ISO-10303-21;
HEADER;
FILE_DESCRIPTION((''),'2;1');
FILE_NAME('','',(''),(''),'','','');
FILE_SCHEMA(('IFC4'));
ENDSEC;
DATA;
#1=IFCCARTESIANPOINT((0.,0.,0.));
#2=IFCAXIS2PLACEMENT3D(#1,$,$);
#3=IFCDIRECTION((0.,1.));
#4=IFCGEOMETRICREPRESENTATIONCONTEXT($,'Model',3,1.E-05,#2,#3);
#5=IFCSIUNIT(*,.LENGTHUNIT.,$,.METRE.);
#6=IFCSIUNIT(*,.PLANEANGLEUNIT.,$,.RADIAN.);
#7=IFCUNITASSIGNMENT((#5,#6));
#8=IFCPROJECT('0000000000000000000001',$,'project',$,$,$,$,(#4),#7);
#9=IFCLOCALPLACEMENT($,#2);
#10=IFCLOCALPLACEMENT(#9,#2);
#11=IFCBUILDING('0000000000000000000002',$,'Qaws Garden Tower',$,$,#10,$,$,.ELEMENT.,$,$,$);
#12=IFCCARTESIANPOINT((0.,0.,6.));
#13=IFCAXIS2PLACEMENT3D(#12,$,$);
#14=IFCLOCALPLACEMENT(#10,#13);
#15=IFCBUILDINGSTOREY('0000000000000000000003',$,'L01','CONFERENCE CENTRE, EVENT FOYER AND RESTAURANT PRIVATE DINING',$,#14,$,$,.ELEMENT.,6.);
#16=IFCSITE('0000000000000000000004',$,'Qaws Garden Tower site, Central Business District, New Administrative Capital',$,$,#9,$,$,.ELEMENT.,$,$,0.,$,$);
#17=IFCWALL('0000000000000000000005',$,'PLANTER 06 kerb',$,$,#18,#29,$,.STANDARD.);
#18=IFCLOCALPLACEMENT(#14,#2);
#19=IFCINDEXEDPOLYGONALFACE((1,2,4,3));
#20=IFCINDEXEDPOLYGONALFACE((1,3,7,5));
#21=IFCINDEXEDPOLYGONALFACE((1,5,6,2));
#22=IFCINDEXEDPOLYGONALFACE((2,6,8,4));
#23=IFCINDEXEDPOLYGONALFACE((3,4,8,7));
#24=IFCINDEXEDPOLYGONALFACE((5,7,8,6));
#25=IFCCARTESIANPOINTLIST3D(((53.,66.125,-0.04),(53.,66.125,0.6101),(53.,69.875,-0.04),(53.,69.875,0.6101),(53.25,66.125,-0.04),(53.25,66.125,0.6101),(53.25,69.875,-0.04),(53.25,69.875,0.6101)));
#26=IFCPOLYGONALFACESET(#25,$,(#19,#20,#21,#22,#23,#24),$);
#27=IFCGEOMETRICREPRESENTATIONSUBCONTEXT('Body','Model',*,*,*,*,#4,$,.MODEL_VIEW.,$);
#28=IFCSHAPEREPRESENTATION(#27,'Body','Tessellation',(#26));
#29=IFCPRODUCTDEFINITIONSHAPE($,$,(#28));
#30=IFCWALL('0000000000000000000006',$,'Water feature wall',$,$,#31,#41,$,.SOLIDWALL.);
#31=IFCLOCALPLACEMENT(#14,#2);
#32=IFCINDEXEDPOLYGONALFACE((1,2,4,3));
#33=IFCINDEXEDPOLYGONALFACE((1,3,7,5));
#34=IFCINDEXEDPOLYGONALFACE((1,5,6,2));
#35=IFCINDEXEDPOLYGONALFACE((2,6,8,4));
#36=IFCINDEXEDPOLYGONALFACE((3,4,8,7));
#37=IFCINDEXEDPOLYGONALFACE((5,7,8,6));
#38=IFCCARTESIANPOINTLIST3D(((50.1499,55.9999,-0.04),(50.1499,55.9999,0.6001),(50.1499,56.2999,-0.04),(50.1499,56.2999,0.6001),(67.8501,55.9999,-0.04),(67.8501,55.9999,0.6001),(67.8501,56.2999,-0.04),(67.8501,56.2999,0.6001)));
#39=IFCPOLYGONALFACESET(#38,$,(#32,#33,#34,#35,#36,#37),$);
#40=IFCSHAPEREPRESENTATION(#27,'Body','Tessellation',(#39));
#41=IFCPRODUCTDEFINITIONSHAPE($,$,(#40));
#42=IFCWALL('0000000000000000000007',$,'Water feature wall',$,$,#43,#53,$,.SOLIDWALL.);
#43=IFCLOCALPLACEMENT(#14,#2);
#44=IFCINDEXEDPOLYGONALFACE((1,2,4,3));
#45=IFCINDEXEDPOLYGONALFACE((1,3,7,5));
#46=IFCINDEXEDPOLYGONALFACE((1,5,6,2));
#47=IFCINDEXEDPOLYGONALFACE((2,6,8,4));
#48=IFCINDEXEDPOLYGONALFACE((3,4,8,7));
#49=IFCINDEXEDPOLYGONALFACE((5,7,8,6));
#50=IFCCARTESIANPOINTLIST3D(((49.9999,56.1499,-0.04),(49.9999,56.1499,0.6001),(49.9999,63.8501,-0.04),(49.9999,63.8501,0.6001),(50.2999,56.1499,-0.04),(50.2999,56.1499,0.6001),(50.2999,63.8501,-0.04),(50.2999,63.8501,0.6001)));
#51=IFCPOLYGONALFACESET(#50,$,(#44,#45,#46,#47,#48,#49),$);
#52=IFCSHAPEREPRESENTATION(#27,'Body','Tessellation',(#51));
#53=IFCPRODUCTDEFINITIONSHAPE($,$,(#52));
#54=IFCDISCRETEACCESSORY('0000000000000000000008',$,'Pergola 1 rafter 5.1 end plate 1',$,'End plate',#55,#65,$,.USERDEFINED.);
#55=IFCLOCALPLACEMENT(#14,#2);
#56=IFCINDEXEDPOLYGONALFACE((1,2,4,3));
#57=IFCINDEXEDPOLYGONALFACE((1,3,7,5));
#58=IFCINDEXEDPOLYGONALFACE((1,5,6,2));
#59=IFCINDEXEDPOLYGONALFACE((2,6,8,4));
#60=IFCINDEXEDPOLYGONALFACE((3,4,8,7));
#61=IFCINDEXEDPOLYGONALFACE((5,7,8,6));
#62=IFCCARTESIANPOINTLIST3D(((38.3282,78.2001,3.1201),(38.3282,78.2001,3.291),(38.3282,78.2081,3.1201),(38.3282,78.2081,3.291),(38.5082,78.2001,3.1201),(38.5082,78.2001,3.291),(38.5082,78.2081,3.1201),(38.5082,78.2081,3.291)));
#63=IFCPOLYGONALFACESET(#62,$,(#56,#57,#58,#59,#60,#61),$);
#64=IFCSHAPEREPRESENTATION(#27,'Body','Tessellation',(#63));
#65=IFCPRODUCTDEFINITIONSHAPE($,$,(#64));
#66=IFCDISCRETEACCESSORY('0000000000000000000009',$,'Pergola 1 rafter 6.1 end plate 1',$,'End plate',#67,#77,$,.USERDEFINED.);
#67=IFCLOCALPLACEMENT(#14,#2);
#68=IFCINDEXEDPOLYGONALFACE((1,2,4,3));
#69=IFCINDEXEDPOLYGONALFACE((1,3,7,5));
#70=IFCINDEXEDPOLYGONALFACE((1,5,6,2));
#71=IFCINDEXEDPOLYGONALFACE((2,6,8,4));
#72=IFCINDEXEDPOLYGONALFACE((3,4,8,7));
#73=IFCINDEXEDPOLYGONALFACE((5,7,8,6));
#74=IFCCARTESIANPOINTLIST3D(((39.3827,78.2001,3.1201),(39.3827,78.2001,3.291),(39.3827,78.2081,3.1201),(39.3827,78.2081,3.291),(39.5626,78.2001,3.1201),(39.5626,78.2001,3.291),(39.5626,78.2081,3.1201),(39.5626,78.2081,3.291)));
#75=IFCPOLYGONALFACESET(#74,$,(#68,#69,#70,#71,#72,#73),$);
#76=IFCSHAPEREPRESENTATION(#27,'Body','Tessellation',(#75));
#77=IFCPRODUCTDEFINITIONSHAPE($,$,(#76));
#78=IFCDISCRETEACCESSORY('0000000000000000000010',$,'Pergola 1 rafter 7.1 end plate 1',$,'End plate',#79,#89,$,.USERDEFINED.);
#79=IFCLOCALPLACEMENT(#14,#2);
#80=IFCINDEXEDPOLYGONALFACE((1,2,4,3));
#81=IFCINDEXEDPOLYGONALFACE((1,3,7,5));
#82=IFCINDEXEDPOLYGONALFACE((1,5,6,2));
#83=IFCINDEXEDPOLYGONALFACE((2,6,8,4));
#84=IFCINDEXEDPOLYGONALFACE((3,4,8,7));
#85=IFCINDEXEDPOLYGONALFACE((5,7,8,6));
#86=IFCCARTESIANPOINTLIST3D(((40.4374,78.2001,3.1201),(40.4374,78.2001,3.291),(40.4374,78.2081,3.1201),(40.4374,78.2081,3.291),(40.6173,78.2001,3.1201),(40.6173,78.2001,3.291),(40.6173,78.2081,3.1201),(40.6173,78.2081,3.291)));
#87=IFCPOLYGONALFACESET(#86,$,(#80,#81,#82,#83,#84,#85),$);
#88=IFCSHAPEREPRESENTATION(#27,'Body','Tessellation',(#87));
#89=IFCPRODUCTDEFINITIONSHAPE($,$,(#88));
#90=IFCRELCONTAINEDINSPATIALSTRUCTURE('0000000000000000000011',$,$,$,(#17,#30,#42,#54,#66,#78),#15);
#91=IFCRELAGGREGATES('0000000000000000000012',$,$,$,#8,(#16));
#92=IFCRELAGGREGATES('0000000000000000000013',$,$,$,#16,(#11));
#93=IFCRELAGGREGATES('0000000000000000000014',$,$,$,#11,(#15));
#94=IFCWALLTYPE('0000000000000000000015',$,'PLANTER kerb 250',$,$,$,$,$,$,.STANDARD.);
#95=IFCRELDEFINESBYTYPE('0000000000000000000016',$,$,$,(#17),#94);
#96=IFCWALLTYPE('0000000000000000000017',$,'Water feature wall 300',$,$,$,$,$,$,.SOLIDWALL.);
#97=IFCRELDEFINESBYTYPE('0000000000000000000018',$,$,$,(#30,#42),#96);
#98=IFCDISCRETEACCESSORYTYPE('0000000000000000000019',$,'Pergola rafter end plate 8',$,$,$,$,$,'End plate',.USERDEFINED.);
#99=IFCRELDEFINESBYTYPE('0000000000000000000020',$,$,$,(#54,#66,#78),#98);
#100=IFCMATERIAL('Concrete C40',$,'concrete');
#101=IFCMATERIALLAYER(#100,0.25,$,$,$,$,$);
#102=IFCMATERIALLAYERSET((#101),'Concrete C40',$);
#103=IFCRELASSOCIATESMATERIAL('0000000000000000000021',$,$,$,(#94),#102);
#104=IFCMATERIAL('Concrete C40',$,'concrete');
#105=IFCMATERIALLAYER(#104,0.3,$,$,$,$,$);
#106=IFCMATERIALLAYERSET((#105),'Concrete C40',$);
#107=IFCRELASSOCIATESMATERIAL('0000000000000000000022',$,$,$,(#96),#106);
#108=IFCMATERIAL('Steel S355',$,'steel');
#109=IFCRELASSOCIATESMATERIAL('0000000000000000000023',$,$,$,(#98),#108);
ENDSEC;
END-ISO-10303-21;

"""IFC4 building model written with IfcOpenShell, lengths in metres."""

from ifc_helpers import new_model, si_unit, direction, frame, frame_2d, origin, origin_2d, place, context, subcontext, project, spatial, rectangle, extrude, material, layer, layer_set, type_object, element, save


model = new_model("IFC4")

# Units and contexts
model_context = context("Model", 3, precision=1e-05, world=origin(), true_north=direction((0.0, 1.0)))
body_context = subcontext(model_context, "Body", "Model", "MODEL_VIEW")
ifc_project = project(units=[si_unit("LENGTHUNIT", "METRE"), si_unit("PLANEANGLEUNIT", "RADIAN")], contexts=[model_context])

# Site, building, storey
site_placement = place(None, origin())
site = spatial("IfcSite", under=ifc_project, at=site_placement, Name="Qaws Garden Tower site, Central Business District, New Administrative Capital", CompositionType="ELEMENT", RefElevation=0.0)
building_placement = place(site_placement, origin())
building = spatial("IfcBuilding", under=site, at=building_placement, Name="Qaws Garden Tower", CompositionType="ELEMENT")
storey_placement = place(building_placement, frame((0.0, 0.0, 6.0)))
storey = spatial("IfcBuildingStorey", under=building, at=storey_placement, Name="L01", Description="CONFERENCE CENTRE, EVENT FOYER AND RESTAURANT PRIVATE DINING", CompositionType="ELEMENT", Elevation=6.0)

# Walls
ifc_material_1 = material(Name="Concrete C40", Category="concrete")
ifc_layer_1 = layer(ifc_material_1, 0.25)
ifc_layer_set_1 = layer_set([ifc_layer_1], Name="Concrete C40")
wall_type_1 = type_object("IfcWallType", Name="PLANTER kerb 250", PredefinedType="STANDARD", material=ifc_layer_set_1)
wall_1_placement = place(storey_placement, frame((53.125, 69.875, -0.04), z_axis=(0.0, 0.0, 1.0), x_axis=(0.0, -1.0, 0.0)))
element("IfcWall", 1, at=wall_1_placement, inside=storey, type_object=wall_type_1, Name="PLANTER 06 kerb", PredefinedType="STANDARD", context=body_context, shape_type="SweptSolid", body=[
    extrude(rectangle(XDim=3.75, YDim=0.25, at=frame_2d((1.875, 0.0))), origin(), (0.0, 0.0, 1.0), 0.6501),
])
ifc_material_2 = material(Name="Concrete C40", Category="concrete")
ifc_layer_2 = layer(ifc_material_2, 0.3)
ifc_layer_set_2 = layer_set([ifc_layer_2], Name="Concrete C40")
wall_type_2 = type_object("IfcWallType", Name="Water feature wall 300", PredefinedType="SOLIDWALL", material=ifc_layer_set_2)
wall_2_placement = place(storey_placement, frame((50.1499, 56.1499, -0.04), z_axis=(0.0, 0.0, 1.0), x_axis=(1.0, 0.0, 0.0)))
element("IfcWall", 2, at=wall_2_placement, inside=storey, type_object=wall_type_2, Name="Water feature wall", PredefinedType="SOLIDWALL", context=body_context, shape_type="SweptSolid", body=[
    extrude(rectangle(XDim=17.7002, YDim=0.3, at=frame_2d((8.8501, 0.0))), origin(), (0.0, 0.0, 1.0), 0.6401),
])
wall_3_placement = place(storey_placement, frame((50.1499, 63.8501, -0.04), z_axis=(0.0, 0.0, 1.0), x_axis=(0.0, -1.0, 0.0)))
element("IfcWall", 3, at=wall_3_placement, inside=storey, type_object=wall_type_2, Name="Water feature wall", PredefinedType="SOLIDWALL", context=body_context, shape_type="SweptSolid", body=[
    extrude(rectangle(XDim=7.7002, YDim=0.3, at=frame_2d((3.8501, 0.0))), origin(), (0.0, 0.0, 1.0), 0.6401),
])

# Discrete accessories
ifc_material_3 = material(Name="Steel S355", Category="steel")
discrete_accessory_type = type_object("IfcDiscreteAccessoryType", Name="Pergola rafter end plate 8", ElementType="End plate", PredefinedType="USERDEFINED", material=ifc_material_3)
for number, where, z_axis, x_axis, name in (
    (4, (38.4182, 78.2041, 3.1201), (0.0, 0.0, 1.0), (1.0, 0.0, 0.0), "Pergola 1 rafter 5.1 end plate 1"),
    (5, (39.4727, 78.2041, 3.1201), (0.0, 0.0, 1.0), (1.0, 0.0, 0.0), "Pergola 1 rafter 6.1 end plate 1"),
    (6, (40.5273, 78.2041, 3.1201), (0.0, 0.0, 1.0), (1.0, 0.0, 0.0), "Pergola 1 rafter 7.1 end plate 1"),
):
    element("IfcDiscreteAccessory", number, at=place(storey_placement, frame(where, z_axis=z_axis, x_axis=x_axis)), inside=storey, type_object=discrete_accessory_type, Name=name, ObjectType="End plate", PredefinedType="USERDEFINED", context=body_context, shape_type="SweptSolid", body=[
        extrude(rectangle(XDim=0.1799, YDim=0.0081, at=origin_2d()), origin(), (0.0, 0.0, 1.0), 0.1709),
    ])

save(model, "model.ifc")
